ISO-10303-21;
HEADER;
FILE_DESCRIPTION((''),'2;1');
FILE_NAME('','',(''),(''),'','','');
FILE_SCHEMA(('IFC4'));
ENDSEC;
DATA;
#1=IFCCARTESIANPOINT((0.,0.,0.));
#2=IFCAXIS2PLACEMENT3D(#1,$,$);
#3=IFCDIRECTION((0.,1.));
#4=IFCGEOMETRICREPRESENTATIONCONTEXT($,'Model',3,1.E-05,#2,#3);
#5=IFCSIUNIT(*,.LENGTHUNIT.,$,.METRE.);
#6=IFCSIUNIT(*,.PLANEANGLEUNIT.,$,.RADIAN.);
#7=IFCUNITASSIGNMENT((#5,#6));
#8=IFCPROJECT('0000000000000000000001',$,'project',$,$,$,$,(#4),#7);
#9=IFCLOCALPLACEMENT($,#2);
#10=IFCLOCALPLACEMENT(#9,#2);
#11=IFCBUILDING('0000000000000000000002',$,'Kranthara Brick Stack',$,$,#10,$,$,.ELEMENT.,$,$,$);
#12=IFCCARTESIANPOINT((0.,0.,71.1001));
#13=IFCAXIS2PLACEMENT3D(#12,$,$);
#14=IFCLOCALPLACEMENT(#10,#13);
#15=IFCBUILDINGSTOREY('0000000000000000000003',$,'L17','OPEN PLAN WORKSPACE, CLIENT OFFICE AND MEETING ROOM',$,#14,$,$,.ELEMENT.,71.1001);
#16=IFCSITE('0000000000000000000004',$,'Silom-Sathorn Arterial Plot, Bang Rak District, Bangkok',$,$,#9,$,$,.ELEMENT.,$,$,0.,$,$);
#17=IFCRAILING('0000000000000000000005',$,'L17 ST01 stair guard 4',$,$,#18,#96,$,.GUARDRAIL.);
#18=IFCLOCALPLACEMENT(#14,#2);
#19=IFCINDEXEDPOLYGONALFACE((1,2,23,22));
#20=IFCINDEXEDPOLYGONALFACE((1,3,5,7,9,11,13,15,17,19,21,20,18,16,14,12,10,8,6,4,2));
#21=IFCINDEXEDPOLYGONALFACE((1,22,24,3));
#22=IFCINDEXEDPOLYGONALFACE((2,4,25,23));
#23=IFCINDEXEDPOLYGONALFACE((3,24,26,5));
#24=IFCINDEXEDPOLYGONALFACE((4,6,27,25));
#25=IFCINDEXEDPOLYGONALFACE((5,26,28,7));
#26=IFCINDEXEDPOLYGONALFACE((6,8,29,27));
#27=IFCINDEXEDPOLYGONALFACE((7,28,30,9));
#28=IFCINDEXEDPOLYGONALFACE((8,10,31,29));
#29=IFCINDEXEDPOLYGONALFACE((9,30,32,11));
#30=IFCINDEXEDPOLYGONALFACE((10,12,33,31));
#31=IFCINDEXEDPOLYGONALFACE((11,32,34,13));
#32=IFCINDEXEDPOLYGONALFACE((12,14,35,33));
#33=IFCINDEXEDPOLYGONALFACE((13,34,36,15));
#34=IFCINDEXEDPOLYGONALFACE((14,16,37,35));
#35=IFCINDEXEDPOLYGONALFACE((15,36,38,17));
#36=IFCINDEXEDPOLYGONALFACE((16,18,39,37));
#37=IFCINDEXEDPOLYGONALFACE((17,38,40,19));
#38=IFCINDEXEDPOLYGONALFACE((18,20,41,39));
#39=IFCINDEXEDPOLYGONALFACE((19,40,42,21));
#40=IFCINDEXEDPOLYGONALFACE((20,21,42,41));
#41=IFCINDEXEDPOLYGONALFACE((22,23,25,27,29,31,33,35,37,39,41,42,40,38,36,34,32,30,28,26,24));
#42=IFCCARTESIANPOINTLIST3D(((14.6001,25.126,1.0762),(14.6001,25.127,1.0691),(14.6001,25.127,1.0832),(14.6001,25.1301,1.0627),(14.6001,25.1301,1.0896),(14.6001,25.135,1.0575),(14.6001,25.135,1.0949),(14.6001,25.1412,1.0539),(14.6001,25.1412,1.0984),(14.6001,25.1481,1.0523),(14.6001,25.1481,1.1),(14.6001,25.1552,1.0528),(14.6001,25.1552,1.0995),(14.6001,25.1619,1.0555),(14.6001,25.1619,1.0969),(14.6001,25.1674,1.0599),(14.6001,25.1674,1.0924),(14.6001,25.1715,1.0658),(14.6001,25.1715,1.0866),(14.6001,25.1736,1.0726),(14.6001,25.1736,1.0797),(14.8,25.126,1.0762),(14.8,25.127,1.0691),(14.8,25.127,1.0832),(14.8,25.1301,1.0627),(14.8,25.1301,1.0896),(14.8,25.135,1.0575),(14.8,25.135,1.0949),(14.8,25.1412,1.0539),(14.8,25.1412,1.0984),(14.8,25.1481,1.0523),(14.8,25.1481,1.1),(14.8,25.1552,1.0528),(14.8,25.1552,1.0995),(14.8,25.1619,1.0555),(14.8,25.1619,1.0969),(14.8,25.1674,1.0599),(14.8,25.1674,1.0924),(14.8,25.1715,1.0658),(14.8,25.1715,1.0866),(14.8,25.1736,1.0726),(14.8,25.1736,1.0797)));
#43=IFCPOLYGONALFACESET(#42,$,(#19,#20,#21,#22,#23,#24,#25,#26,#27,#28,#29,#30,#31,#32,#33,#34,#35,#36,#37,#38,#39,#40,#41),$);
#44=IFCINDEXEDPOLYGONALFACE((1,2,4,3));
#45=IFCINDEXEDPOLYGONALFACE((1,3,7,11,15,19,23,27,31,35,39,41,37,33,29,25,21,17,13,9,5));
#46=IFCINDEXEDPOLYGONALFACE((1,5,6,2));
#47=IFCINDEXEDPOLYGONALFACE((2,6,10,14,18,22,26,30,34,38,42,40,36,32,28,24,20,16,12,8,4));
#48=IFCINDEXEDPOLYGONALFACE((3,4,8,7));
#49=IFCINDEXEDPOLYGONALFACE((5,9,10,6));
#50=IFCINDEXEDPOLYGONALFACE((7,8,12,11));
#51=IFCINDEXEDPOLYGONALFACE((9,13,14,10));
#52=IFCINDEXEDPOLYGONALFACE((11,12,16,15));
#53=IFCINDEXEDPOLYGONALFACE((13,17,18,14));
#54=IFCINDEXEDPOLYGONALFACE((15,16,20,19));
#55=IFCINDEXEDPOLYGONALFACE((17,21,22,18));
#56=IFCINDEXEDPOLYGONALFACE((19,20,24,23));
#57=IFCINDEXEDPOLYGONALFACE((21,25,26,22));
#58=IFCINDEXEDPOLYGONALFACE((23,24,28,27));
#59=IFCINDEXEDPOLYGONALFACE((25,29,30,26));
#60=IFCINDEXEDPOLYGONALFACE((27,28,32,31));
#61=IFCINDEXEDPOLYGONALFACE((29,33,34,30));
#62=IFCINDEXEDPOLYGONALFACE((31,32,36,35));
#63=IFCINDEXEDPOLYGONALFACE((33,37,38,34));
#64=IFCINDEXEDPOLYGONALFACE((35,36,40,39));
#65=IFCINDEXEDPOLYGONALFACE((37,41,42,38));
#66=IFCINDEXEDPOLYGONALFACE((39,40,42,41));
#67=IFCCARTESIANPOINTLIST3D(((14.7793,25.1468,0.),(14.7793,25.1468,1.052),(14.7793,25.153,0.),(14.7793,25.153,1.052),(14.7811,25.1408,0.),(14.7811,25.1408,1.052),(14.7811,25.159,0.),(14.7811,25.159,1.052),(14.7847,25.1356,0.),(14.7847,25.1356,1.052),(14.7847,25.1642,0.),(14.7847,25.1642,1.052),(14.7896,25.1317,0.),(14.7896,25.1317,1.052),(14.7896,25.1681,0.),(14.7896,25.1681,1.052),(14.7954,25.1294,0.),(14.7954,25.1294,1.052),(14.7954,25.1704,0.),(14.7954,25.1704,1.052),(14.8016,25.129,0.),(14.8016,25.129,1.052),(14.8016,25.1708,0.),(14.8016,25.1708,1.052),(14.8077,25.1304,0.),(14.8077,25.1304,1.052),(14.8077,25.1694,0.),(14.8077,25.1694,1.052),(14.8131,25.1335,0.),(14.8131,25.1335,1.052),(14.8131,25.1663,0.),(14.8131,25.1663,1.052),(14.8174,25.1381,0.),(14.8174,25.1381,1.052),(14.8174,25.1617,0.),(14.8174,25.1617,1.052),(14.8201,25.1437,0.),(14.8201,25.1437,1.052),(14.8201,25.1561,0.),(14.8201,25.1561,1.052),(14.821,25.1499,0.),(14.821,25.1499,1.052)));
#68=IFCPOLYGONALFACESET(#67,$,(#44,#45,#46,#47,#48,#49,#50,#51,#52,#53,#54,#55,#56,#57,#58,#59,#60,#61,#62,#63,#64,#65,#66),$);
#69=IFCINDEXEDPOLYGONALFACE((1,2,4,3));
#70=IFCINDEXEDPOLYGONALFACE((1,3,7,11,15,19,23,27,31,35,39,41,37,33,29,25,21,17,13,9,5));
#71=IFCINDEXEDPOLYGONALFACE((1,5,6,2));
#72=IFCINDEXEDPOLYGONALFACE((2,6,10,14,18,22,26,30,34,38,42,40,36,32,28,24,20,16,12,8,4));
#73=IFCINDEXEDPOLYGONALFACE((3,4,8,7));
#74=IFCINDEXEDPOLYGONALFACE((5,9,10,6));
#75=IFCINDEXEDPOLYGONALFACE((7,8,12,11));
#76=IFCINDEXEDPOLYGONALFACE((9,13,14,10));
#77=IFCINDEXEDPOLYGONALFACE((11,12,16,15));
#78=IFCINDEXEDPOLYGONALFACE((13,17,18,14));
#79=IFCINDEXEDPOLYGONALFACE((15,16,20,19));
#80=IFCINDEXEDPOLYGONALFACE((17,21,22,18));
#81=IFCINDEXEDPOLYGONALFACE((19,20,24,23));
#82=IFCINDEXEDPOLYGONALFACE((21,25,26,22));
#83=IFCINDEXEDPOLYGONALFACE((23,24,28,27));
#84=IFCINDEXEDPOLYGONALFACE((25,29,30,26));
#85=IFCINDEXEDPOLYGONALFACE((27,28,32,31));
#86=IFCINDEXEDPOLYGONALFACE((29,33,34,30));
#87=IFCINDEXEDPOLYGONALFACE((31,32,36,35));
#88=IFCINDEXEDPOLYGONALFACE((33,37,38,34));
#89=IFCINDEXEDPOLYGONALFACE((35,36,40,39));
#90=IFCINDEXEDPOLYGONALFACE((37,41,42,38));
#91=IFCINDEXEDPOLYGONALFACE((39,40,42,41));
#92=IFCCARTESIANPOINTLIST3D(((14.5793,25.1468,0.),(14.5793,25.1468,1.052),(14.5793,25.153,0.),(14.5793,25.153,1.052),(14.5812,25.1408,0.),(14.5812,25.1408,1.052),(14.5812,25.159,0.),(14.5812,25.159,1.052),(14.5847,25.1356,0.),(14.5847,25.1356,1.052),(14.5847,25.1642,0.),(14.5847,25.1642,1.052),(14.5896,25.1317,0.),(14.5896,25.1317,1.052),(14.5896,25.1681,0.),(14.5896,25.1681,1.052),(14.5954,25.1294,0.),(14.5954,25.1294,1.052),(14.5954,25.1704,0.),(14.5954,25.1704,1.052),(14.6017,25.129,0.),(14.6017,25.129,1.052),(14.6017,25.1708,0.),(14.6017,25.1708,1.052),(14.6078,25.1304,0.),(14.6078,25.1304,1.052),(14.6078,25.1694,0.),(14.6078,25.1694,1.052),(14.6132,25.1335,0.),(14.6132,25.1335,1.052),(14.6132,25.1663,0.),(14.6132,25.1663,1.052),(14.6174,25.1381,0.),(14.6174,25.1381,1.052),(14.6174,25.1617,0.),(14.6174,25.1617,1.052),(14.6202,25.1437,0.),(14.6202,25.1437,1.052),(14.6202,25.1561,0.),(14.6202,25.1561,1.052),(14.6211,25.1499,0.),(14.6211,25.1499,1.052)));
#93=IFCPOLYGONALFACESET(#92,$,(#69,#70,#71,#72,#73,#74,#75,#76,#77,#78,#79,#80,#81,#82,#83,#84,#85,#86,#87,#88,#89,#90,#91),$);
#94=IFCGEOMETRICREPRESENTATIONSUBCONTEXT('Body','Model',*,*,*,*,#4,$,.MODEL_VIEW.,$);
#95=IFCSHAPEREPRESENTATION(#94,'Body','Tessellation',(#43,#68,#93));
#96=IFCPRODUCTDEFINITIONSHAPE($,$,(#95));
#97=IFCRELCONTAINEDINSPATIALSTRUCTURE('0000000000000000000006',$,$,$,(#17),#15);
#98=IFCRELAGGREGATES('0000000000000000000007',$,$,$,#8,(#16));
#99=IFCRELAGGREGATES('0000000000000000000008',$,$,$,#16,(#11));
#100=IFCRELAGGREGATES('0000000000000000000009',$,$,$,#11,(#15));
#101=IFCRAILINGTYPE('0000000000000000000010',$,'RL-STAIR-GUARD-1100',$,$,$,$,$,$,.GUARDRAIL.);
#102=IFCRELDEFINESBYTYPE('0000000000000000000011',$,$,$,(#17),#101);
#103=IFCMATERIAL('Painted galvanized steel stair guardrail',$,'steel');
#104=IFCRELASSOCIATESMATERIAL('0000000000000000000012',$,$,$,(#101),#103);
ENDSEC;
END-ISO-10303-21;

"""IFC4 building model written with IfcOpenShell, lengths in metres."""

from ifc_helpers import new_model, si_unit, direction, frame, origin, origin_2d, place, context, subcontext, project, spatial, circle, extrude, material, type_object, element, save


model = new_model("IFC4")

# Units and contexts
model_context = context("Model", 3, precision=1e-05, world=origin(), true_north=direction((0.0, 1.0)))
body_context = subcontext(model_context, "Body", "Model", "MODEL_VIEW")
ifc_project = project(units=[si_unit("LENGTHUNIT", "METRE"), si_unit("PLANEANGLEUNIT", "RADIAN")], contexts=[model_context])

# Site, building, storey
site_placement = place(None, origin())
site = spatial("IfcSite", under=ifc_project, at=site_placement, Name="Silom-Sathorn Arterial Plot, Bang Rak District, Bangkok", CompositionType="ELEMENT", RefElevation=0.0)
building_placement = place(site_placement, origin())
building = spatial("IfcBuilding", under=site, at=building_placement, Name="Kranthara Brick Stack", CompositionType="ELEMENT")
storey_placement = place(building_placement, frame((0.0, 0.0, 71.1001)))
storey = spatial("IfcBuildingStorey", under=building, at=storey_placement, Name="L17", Description="OPEN PLAN WORKSPACE, CLIENT OFFICE AND MEETING ROOM", CompositionType="ELEMENT", Elevation=71.1001)

# Railing
ifc_material_1 = material(Name="Painted galvanized steel stair guardrail", Category="steel")
railing_type_1 = type_object("IfcRailingType", Name="RL-STAIR-GUARD-1100", PredefinedType="GUARDRAIL", material=ifc_material_1)
railing_1_placement = place(storey_placement, frame((14.8, 25.1499, 0.0)))
element("IfcRailing", 1, at=railing_1_placement, inside=storey, type_object=railing_type_1, Name="L17 ST01 stair guard 4", PredefinedType="GUARDRAIL", context=body_context, shape_type="SweptSolid", body=[
    extrude(circle(Radius=0.0239, at=origin_2d()), frame((0.0, 0.0, 1.0762), z_axis=(-1.0, 0.0, 0.0), x_axis=(0.0, -1.0, 0.0)), (0.0, 0.0, 1.0), 0.2),
    extrude(circle(Radius=0.021, at=origin_2d()), origin(), (0.0, 0.0, 1.0), 1.052),
    extrude(circle(Radius=0.021, at=origin_2d()), frame((-0.2, 0.0, 0.0)), (0.0, 0.0, 1.0), 1.052),
])

save(model, "model.ifc")
